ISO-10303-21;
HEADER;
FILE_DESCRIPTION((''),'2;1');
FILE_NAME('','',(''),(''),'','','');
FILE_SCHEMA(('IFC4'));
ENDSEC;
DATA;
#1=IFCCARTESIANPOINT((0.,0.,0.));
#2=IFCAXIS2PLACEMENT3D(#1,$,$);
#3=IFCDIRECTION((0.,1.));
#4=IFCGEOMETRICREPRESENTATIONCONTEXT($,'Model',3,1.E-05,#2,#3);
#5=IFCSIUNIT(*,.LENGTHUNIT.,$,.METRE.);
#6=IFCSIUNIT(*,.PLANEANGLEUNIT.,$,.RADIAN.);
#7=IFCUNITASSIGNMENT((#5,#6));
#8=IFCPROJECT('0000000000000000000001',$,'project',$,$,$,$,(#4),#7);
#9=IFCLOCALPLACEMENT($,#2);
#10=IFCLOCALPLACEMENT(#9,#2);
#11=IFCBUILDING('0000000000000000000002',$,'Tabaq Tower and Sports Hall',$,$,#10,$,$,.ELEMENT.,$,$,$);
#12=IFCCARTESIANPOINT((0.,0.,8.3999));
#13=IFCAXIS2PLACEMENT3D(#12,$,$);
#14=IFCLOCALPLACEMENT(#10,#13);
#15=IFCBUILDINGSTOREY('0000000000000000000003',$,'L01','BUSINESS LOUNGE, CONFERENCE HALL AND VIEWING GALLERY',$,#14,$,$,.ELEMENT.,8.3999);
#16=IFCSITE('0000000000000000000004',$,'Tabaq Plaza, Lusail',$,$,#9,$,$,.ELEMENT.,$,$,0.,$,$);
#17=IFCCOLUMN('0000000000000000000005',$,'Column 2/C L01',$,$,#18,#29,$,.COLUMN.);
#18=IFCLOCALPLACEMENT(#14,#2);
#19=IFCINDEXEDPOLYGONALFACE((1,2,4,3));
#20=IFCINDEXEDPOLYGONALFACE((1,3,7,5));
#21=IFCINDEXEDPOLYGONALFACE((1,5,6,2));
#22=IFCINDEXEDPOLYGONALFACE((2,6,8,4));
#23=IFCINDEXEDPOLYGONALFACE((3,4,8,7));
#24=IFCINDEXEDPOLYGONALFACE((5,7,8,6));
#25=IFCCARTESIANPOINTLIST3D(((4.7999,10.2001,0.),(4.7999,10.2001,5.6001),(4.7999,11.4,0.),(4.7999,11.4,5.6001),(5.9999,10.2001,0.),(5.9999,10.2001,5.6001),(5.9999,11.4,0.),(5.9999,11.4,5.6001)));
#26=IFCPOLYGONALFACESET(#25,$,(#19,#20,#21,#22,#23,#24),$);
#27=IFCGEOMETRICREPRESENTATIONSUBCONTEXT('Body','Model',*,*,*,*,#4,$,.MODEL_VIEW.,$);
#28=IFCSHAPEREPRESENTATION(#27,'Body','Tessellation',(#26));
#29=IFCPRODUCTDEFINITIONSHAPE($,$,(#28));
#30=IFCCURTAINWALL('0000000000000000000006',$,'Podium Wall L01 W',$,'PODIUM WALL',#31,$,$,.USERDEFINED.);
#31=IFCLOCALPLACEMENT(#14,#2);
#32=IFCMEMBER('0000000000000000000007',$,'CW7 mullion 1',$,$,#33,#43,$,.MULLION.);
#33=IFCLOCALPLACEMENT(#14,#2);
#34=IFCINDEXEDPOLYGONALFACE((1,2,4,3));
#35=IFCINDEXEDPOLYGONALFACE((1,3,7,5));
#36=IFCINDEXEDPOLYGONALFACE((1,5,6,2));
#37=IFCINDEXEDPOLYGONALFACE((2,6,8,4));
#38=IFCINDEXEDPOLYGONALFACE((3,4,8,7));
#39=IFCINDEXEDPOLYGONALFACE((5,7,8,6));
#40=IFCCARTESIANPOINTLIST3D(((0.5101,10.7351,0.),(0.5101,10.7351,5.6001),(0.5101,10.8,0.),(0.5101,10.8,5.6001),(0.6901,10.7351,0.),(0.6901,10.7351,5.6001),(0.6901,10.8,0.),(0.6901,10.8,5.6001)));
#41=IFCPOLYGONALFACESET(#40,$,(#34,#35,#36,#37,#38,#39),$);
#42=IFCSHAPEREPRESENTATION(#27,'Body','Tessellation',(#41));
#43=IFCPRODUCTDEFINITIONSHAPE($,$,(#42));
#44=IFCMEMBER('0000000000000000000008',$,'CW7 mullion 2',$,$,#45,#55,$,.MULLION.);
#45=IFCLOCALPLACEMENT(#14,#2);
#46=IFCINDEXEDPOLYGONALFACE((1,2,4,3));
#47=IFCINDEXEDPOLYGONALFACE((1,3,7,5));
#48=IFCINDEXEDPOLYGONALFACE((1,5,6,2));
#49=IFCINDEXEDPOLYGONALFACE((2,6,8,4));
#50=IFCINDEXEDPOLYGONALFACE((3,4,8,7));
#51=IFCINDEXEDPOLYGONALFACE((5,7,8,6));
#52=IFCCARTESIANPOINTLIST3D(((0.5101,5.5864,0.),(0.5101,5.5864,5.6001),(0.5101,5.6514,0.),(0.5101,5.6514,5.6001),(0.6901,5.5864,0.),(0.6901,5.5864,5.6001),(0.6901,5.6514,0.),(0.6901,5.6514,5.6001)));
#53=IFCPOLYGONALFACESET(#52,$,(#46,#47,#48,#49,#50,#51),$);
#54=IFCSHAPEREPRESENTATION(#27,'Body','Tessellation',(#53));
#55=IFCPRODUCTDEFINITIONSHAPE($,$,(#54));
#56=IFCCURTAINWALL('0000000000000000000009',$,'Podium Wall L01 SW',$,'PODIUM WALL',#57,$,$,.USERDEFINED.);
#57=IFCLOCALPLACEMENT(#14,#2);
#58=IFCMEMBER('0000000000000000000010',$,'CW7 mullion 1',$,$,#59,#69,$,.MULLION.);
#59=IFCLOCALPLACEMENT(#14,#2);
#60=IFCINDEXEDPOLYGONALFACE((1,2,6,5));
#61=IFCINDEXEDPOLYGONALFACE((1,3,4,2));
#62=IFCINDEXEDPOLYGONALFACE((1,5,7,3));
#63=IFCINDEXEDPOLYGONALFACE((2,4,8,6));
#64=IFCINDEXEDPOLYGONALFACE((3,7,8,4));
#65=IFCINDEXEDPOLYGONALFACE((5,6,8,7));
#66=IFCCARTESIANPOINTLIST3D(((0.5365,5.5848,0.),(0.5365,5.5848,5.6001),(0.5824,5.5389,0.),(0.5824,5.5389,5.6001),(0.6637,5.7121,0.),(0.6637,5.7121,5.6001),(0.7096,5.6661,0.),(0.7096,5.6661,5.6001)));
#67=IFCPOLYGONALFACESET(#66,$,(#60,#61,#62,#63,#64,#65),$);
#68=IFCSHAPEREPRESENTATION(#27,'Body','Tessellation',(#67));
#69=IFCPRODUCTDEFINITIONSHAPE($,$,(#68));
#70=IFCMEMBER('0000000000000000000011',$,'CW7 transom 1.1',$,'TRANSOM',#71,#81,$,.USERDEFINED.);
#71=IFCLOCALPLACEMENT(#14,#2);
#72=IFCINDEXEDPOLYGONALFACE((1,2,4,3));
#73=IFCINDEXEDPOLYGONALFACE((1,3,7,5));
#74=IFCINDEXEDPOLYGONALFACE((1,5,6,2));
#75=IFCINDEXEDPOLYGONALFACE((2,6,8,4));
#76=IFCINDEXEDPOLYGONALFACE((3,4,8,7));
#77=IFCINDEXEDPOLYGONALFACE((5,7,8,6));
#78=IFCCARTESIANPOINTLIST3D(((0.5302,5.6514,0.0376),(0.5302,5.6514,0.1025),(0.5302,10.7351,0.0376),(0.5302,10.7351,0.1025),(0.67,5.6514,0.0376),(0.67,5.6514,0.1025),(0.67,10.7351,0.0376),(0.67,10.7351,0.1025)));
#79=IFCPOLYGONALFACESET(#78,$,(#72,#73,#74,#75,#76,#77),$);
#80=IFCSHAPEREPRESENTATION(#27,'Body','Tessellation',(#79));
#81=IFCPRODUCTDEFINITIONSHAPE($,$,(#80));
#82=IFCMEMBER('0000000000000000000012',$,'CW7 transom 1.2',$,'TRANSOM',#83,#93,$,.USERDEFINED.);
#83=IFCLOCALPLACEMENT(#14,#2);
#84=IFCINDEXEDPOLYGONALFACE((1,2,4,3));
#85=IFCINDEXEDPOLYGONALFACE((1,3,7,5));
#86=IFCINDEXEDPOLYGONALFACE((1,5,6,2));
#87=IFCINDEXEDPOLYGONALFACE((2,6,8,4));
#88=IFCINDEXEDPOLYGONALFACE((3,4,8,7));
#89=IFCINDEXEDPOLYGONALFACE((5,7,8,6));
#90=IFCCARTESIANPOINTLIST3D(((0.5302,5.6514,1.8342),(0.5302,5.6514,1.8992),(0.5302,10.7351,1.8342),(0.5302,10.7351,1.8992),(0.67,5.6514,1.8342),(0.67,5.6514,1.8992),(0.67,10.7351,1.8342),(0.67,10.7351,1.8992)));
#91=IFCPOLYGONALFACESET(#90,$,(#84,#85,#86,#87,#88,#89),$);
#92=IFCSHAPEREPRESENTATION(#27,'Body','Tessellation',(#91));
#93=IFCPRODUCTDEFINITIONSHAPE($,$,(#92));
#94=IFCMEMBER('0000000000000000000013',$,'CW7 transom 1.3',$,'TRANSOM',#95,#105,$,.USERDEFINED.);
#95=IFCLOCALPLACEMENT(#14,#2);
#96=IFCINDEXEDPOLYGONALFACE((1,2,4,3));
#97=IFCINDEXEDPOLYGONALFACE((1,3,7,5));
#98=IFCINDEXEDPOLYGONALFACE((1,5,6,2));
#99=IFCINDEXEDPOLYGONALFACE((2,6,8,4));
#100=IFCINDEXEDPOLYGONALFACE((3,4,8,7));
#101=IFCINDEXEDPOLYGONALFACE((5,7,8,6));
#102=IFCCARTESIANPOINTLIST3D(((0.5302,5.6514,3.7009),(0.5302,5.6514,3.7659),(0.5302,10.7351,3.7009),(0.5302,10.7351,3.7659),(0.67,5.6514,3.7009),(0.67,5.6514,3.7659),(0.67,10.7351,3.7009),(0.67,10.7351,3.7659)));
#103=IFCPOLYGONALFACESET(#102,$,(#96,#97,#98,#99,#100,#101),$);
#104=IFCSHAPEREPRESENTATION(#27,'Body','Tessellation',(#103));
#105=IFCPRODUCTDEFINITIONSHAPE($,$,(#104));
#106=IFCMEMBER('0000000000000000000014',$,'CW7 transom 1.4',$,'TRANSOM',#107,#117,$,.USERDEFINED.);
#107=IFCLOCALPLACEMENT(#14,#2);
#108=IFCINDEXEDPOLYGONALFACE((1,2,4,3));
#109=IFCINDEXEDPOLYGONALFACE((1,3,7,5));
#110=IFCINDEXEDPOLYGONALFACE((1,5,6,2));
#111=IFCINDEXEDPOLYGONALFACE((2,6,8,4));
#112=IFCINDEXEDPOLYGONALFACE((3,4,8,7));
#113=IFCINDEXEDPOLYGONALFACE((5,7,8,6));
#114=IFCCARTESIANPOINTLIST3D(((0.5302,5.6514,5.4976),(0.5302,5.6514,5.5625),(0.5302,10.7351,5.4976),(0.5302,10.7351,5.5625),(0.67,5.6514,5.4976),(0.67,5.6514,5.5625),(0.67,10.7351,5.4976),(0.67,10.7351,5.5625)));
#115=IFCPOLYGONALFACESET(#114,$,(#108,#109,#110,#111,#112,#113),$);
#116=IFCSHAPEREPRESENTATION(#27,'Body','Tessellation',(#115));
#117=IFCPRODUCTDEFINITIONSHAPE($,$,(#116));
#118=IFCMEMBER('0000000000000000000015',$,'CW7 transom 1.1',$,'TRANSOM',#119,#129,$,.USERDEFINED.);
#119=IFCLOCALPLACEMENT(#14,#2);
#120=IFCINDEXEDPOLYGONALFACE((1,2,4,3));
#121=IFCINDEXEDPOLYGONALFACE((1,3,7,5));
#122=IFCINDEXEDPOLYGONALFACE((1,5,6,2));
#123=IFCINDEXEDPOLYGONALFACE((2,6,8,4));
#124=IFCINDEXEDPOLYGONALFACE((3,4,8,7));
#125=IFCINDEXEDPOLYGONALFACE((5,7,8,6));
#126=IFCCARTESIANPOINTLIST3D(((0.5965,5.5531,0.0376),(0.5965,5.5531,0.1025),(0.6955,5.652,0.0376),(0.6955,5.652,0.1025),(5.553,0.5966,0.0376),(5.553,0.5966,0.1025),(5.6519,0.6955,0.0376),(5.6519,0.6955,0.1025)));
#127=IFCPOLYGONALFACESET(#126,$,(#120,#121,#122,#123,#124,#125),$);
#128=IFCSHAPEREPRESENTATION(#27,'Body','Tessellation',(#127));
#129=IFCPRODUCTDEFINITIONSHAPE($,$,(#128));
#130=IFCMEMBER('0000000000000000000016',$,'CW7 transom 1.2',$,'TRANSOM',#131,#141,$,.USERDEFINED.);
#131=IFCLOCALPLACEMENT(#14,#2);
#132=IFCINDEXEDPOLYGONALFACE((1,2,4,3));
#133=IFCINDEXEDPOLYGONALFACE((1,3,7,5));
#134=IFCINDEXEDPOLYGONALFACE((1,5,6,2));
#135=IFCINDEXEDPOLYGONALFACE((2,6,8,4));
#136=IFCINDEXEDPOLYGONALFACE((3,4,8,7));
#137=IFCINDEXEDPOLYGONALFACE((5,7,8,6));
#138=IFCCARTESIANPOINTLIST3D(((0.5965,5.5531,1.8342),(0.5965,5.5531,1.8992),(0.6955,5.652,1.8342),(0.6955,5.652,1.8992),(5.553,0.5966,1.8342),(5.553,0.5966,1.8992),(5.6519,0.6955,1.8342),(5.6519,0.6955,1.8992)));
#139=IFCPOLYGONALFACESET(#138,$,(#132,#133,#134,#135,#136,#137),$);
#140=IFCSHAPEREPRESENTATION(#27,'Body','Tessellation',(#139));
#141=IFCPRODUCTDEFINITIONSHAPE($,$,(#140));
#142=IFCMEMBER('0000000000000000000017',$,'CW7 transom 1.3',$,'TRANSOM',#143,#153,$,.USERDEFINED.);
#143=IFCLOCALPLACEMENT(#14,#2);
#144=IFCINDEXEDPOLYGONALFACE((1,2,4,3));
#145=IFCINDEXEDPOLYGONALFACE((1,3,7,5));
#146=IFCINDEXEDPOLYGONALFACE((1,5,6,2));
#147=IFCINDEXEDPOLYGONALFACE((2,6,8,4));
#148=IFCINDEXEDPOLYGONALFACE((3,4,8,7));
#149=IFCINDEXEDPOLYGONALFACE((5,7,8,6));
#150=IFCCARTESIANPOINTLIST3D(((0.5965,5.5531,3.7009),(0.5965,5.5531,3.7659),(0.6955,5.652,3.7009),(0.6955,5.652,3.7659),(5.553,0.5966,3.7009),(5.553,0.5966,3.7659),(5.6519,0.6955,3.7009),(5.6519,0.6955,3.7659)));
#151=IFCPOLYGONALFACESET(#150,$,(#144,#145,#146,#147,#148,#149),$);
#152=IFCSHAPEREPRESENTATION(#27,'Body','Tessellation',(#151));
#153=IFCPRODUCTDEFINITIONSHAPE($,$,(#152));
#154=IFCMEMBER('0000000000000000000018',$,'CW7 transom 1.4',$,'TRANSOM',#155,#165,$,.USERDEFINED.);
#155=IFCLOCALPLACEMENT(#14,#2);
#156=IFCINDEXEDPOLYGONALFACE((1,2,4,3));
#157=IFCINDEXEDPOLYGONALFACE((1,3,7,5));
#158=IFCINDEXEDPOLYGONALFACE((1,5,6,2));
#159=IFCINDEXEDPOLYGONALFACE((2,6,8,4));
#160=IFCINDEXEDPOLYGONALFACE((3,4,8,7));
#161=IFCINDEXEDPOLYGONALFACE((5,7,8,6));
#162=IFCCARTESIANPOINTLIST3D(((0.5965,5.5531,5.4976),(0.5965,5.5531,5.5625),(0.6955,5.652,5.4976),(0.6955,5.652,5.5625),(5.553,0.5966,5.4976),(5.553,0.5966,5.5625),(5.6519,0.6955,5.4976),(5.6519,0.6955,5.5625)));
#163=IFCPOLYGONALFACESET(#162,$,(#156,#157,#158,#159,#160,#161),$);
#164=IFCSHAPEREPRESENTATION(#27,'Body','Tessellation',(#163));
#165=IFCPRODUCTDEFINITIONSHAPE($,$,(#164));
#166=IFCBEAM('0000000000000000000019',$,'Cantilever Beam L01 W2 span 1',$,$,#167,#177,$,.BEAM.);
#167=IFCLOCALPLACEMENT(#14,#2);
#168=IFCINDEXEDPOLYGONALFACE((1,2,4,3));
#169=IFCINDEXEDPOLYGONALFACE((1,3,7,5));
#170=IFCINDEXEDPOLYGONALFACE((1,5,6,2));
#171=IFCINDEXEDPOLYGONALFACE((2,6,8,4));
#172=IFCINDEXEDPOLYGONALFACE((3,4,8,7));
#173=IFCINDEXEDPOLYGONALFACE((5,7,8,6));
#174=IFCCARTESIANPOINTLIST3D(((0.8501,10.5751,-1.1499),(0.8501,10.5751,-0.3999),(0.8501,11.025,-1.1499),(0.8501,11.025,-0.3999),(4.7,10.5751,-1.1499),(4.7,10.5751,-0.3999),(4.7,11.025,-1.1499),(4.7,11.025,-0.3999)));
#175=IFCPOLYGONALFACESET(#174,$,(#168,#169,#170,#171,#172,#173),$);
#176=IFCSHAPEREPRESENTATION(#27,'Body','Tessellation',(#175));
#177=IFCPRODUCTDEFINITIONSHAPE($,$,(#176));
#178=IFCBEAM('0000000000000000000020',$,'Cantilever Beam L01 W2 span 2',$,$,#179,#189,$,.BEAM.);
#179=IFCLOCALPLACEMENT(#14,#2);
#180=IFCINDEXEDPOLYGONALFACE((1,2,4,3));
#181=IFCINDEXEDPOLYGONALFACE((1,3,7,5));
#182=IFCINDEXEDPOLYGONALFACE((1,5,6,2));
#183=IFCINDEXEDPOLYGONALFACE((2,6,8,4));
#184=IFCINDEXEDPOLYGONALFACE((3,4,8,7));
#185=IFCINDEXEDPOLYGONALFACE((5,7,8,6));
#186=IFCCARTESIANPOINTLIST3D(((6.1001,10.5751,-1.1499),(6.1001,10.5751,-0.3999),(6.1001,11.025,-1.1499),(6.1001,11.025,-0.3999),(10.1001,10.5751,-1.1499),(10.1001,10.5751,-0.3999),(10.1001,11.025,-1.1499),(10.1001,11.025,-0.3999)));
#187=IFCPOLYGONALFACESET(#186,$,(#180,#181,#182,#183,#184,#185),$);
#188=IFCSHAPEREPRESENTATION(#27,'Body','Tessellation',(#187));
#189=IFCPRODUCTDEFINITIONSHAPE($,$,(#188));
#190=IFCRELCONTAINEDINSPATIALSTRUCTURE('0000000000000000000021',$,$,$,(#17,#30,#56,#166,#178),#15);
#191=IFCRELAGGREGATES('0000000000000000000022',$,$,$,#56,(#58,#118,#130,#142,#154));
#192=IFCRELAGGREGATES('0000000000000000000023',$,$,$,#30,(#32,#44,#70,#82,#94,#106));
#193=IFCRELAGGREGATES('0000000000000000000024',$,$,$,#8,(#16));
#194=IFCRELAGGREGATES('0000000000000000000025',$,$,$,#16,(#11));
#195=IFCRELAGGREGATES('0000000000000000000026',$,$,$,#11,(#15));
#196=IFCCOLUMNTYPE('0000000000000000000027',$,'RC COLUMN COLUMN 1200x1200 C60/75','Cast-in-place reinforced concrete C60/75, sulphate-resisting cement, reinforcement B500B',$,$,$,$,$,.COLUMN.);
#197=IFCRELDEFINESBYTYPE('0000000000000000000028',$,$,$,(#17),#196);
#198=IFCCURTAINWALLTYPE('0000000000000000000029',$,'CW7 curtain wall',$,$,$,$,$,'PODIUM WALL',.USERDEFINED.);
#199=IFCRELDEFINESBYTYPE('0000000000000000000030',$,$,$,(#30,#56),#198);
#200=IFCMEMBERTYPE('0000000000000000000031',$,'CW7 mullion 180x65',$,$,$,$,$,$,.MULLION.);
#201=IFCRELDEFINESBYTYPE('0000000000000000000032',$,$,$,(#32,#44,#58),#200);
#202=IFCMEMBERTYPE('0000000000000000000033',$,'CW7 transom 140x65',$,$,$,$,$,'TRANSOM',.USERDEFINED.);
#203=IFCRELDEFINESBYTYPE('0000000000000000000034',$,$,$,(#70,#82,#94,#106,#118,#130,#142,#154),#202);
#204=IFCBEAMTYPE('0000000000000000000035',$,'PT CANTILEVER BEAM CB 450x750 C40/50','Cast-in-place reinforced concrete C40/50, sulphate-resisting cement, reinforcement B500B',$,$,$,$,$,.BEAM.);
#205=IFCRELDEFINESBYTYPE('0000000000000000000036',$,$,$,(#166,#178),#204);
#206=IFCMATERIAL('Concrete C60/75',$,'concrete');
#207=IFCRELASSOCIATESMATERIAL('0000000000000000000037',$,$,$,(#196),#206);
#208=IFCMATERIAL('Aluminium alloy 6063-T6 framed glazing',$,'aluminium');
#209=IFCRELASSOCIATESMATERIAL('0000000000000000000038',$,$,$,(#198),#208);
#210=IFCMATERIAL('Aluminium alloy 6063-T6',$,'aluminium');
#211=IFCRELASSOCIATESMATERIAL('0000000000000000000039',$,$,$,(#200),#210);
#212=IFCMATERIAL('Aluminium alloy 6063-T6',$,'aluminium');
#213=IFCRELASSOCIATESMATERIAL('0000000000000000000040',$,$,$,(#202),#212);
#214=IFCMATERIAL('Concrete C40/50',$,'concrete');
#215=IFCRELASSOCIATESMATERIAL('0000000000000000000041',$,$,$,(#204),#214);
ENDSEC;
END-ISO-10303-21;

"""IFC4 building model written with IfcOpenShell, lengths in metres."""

from ifc_helpers import new_model, si_unit, direction, frame, origin, origin_2d, place, context, subcontext, project, spatial, rectangle, extrude, material, material_profile, profile_set, type_object, element, aggregate, save


model = new_model("IFC4")

# Units and contexts
model_context = context("Model", 3, precision=1e-05, world=origin(), true_north=direction((0.0, 1.0)))
body_context = subcontext(model_context, "Body", "Model", "MODEL_VIEW")
ifc_project = project(units=[si_unit("LENGTHUNIT", "METRE"), si_unit("PLANEANGLEUNIT", "RADIAN")], contexts=[model_context])

# Site, building, storey
site_placement = place(None, origin())
site = spatial("IfcSite", under=ifc_project, at=site_placement, Name="Tabaq Plaza, Lusail", CompositionType="ELEMENT", RefElevation=0.0)
building_placement = place(site_placement, origin())
building = spatial("IfcBuilding", under=site, at=building_placement, Name="Tabaq Tower and Sports Hall", CompositionType="ELEMENT")
storey_placement = place(building_placement, frame((0.0, 0.0, 8.3999)))
storey = spatial("IfcBuildingStorey", under=building, at=storey_placement, Name="L01", Description="BUSINESS LOUNGE, CONFERENCE HALL AND VIEWING GALLERY", CompositionType="ELEMENT", Elevation=8.3999)

# Column
ifc_material_1 = material(Name="Concrete C60/75", Category="concrete")
ifc_material_profile_1 = material_profile(ifc_material_1, rectangle(XDim=1.2, YDim=1.2, at=origin_2d()), Name="COLUMN 1200x1200")
ifc_profile_set_1 = profile_set([ifc_material_profile_1], Name="Concrete C60/75")
column_type = type_object("IfcColumnType", Name="RC COLUMN COLUMN 1200x1200 C60/75", Description="Cast-in-place reinforced concrete C60/75, sulphate-resisting cement, reinforcement B500B", PredefinedType="COLUMN", material=ifc_profile_set_1)
column_placement = place(storey_placement, frame((5.3999, 10.8, 0.0), z_axis=(0.0, 0.0, 1.0), x_axis=(1.0, 0.0, 0.0)))
element("IfcColumn", 1, at=column_placement, inside=storey, type_object=column_type, Name="Column 2/C L01", PredefinedType="COLUMN", context=body_context, shape_type="SweptSolid", body=[
    extrude(rectangle(XDim=1.2, YDim=1.2, at=origin_2d()), origin(), (0.0, 0.0, 1.0), 5.6001),
])

# Curtain wall, members
ifc_material_2 = material(Name="Aluminium alloy 6063-T6 framed glazing", Category="aluminium")
curtain_wall_type = type_object("IfcCurtainWallType", Name="CW7 curtain wall", ElementType="PODIUM WALL", PredefinedType="USERDEFINED", material=ifc_material_2)
curtain_wall_1_placement = place(storey_placement, origin())
curtain_wall_1 = element("IfcCurtainWall", 2, at=curtain_wall_1_placement, inside=storey, type_object=curtain_wall_type, Name="Podium Wall L01 W", ObjectType="PODIUM WALL", PredefinedType="USERDEFINED")
ifc_material_3 = material(Name="Aluminium alloy 6063-T6", Category="aluminium")
ifc_material_profile_2 = material_profile(ifc_material_3, rectangle(XDim=0.1799, YDim=0.0649, at=origin_2d()), Name="MULLION 180x65")
ifc_profile_set_2 = profile_set([ifc_material_profile_2], Name="Aluminium alloy 6063-T6")
member_type_1 = type_object("IfcMemberType", Name="CW7 mullion 180x65", PredefinedType="MULLION", material=ifc_profile_set_2)
member_1_placement = place(storey_placement, frame((0.6001, 10.7676, 0.0), z_axis=(0.0, 0.0, 1.0), x_axis=(1.0, 0.0, 0.0)))
member_1 = element("IfcMember", 3, at=member_1_placement, type_object=member_type_1, Name="CW7 mullion 1", PredefinedType="MULLION", context=body_context, shape_type="SweptSolid", body=[
    extrude(rectangle(XDim=0.1799, YDim=0.0649, at=origin_2d()), origin(), (0.0, 0.0, 1.0), 5.6001),
])
member_2_placement = place(storey_placement, frame((0.6001, 5.6189, 0.0), z_axis=(0.0, 0.0, 1.0), x_axis=(1.0, 0.0, 0.0)))
member_2 = element("IfcMember", 4, at=member_2_placement, type_object=member_type_1, Name="CW7 mullion 2", PredefinedType="MULLION", context=body_context, shape_type="SweptSolid", body=[
    extrude(rectangle(XDim=0.1799, YDim=0.0649, at=origin_2d()), origin(), (0.0, 0.0, 1.0), 5.6001),
])

# Curtain wall, member
curtain_wall_2_placement = place(storey_placement, origin())
curtain_wall_2 = element("IfcCurtainWall", 5, at=curtain_wall_2_placement, inside=storey, type_object=curtain_wall_type, Name="Podium Wall L01 SW", ObjectType="PODIUM WALL", PredefinedType="USERDEFINED")
member_3_placement = place(storey_placement, frame((0.623, 5.6255, 0.0), z_axis=(0.0, 0.0, 1.0), x_axis=(0.707107, 0.707107, 0.0)))
member_3 = element("IfcMember", 6, at=member_3_placement, type_object=member_type_1, Name="CW7 mullion 1", PredefinedType="MULLION", context=body_context, shape_type="SweptSolid", body=[
    extrude(rectangle(XDim=0.1799, YDim=0.0649, at=origin_2d()), origin(), (0.0, 0.0, 1.0), 5.6001),
])

# Members
ifc_material_4 = material(Name="Aluminium alloy 6063-T6", Category="aluminium")
ifc_material_profile_3 = material_profile(ifc_material_4, rectangle(XDim=0.1399, YDim=0.0649, at=origin_2d()), Name="TRANSOM 140x65")
ifc_profile_set_3 = profile_set([ifc_material_profile_3], Name="Aluminium alloy 6063-T6")
member_type_2 = type_object("IfcMemberType", Name="CW7 transom 140x65", ElementType="TRANSOM", PredefinedType="USERDEFINED", material=ifc_profile_set_3)
member_4_placement = place(storey_placement, frame((0.6001, 10.7351, 0.0701), z_axis=(0.0, -1.0, 0.0), x_axis=(1.0, 0.0, 0.0)))
member_4 = element("IfcMember", 7, at=member_4_placement, type_object=member_type_2, Name="CW7 transom 1.1", ObjectType="TRANSOM", PredefinedType="USERDEFINED", context=body_context, shape_type="SweptSolid", body=[
    extrude(rectangle(XDim=0.1399, YDim=0.0649, at=origin_2d()), origin(), (0.0, 0.0, 1.0), 5.0837),
])
member_5_placement = place(storey_placement, frame((0.6001, 10.7351, 1.8667), z_axis=(0.0, -1.0, 0.0), x_axis=(1.0, 0.0, 0.0)))
member_5 = element("IfcMember", 8, at=member_5_placement, type_object=member_type_2, Name="CW7 transom 1.2", ObjectType="TRANSOM", PredefinedType="USERDEFINED", context=body_context, shape_type="SweptSolid", body=[
    extrude(rectangle(XDim=0.1399, YDim=0.0649, at=origin_2d()), origin(), (0.0, 0.0, 1.0), 5.0837),
])
member_6_placement = place(storey_placement, frame((0.6001, 10.7351, 3.7334), z_axis=(0.0, -1.0, 0.0), x_axis=(1.0, 0.0, 0.0)))
member_6 = element("IfcMember", 9, at=member_6_placement, type_object=member_type_2, Name="CW7 transom 1.3", ObjectType="TRANSOM", PredefinedType="USERDEFINED", context=body_context, shape_type="SweptSolid", body=[
    extrude(rectangle(XDim=0.1399, YDim=0.0649, at=origin_2d()), origin(), (0.0, 0.0, 1.0), 5.0837),
])
member_7_placement = place(storey_placement, frame((0.6001, 10.7351, 5.53), z_axis=(0.0, -1.0, 0.0), x_axis=(1.0, 0.0, 0.0)))
member_7 = element("IfcMember", 10, at=member_7_placement, type_object=member_type_2, Name="CW7 transom 1.4", ObjectType="TRANSOM", PredefinedType="USERDEFINED", context=body_context, shape_type="SweptSolid", body=[
    extrude(rectangle(XDim=0.1399, YDim=0.0649, at=origin_2d()), origin(), (0.0, 0.0, 1.0), 5.0837),
])
member_8_placement = place(storey_placement, frame((0.646, 5.6025, 0.0701), z_axis=(0.707107, -0.707107, 0.0), x_axis=(0.707107, 0.707107, 0.0)))
member_8 = element("IfcMember", 11, at=member_8_placement, type_object=member_type_2, Name="CW7 transom 1.1", ObjectType="TRANSOM", PredefinedType="USERDEFINED", context=body_context, shape_type="SweptSolid", body=[
    extrude(rectangle(XDim=0.1399, YDim=0.0649, at=origin_2d()), origin(), (0.0, 0.0, 1.0), 7.0095),
])
member_9_placement = place(storey_placement, frame((0.646, 5.6025, 1.8667), z_axis=(0.707107, -0.707107, 0.0), x_axis=(0.707107, 0.707107, 0.0)))
member_9 = element("IfcMember", 12, at=member_9_placement, type_object=member_type_2, Name="CW7 transom 1.2", ObjectType="TRANSOM", PredefinedType="USERDEFINED", context=body_context, shape_type="SweptSolid", body=[
    extrude(rectangle(XDim=0.1399, YDim=0.0649, at=origin_2d()), origin(), (0.0, 0.0, 1.0), 7.0095),
])
member_10_placement = place(storey_placement, frame((0.646, 5.6025, 3.7334), z_axis=(0.707107, -0.707107, 0.0), x_axis=(0.707107, 0.707107, 0.0)))
member_10 = element("IfcMember", 13, at=member_10_placement, type_object=member_type_2, Name="CW7 transom 1.3", ObjectType="TRANSOM", PredefinedType="USERDEFINED", context=body_context, shape_type="SweptSolid", body=[
    extrude(rectangle(XDim=0.1399, YDim=0.0649, at=origin_2d()), origin(), (0.0, 0.0, 1.0), 7.0095),
])
member_11_placement = place(storey_placement, frame((0.646, 5.6025, 5.53), z_axis=(0.707107, -0.707107, 0.0), x_axis=(0.707107, 0.707107, 0.0)))
member_11 = element("IfcMember", 14, at=member_11_placement, type_object=member_type_2, Name="CW7 transom 1.4", ObjectType="TRANSOM", PredefinedType="USERDEFINED", context=body_context, shape_type="SweptSolid", body=[
    extrude(rectangle(XDim=0.1399, YDim=0.0649, at=origin_2d()), origin(), (0.0, 0.0, 1.0), 7.0095),
])
aggregate(curtain_wall_2, [member_3, member_8, member_9, member_10, member_11])

# Beams
ifc_material_5 = material(Name="Concrete C40/50", Category="concrete")
ifc_material_profile_4 = material_profile(ifc_material_5, rectangle(XDim=0.45, YDim=0.75, at=origin_2d()), Name="CB 450x750")
ifc_profile_set_4 = profile_set([ifc_material_profile_4], Name="Concrete C40/50")
beam_type_1 = type_object("IfcBeamType", Name="PT CANTILEVER BEAM CB 450x750 C40/50", Description="Cast-in-place reinforced concrete C40/50, sulphate-resisting cement, reinforcement B500B", PredefinedType="BEAM", material=ifc_profile_set_4)
beam_1_placement = place(storey_placement, frame((0.8501, 10.8, -0.7749), z_axis=(1.0, 0.0, 0.0), x_axis=(0.0, 1.0, 0.0)))
element("IfcBeam", 15, at=beam_1_placement, inside=storey, type_object=beam_type_1, Name="Cantilever Beam L01 W2 span 1", PredefinedType="BEAM", context=body_context, shape_type="SweptSolid", body=[
    extrude(rectangle(XDim=0.45, YDim=0.75, at=origin_2d()), origin(), (0.0, 0.0, 1.0), 3.8499),
])
beam_2_placement = place(storey_placement, frame((6.1001, 10.8, -0.7749), z_axis=(1.0, 0.0, 0.0), x_axis=(0.0, 1.0, 0.0)))
element("IfcBeam", 16, at=beam_2_placement, inside=storey, type_object=beam_type_1, Name="Cantilever Beam L01 W2 span 2", PredefinedType="BEAM", context=body_context, shape_type="SweptSolid", body=[
    extrude(rectangle(XDim=0.45, YDim=0.75, at=origin_2d()), origin(), (0.0, 0.0, 1.0), 4.0),
])

aggregate(curtain_wall_1, [member_1, member_2, member_4, member_5, member_6, member_7])

save(model, "model.ifc")
